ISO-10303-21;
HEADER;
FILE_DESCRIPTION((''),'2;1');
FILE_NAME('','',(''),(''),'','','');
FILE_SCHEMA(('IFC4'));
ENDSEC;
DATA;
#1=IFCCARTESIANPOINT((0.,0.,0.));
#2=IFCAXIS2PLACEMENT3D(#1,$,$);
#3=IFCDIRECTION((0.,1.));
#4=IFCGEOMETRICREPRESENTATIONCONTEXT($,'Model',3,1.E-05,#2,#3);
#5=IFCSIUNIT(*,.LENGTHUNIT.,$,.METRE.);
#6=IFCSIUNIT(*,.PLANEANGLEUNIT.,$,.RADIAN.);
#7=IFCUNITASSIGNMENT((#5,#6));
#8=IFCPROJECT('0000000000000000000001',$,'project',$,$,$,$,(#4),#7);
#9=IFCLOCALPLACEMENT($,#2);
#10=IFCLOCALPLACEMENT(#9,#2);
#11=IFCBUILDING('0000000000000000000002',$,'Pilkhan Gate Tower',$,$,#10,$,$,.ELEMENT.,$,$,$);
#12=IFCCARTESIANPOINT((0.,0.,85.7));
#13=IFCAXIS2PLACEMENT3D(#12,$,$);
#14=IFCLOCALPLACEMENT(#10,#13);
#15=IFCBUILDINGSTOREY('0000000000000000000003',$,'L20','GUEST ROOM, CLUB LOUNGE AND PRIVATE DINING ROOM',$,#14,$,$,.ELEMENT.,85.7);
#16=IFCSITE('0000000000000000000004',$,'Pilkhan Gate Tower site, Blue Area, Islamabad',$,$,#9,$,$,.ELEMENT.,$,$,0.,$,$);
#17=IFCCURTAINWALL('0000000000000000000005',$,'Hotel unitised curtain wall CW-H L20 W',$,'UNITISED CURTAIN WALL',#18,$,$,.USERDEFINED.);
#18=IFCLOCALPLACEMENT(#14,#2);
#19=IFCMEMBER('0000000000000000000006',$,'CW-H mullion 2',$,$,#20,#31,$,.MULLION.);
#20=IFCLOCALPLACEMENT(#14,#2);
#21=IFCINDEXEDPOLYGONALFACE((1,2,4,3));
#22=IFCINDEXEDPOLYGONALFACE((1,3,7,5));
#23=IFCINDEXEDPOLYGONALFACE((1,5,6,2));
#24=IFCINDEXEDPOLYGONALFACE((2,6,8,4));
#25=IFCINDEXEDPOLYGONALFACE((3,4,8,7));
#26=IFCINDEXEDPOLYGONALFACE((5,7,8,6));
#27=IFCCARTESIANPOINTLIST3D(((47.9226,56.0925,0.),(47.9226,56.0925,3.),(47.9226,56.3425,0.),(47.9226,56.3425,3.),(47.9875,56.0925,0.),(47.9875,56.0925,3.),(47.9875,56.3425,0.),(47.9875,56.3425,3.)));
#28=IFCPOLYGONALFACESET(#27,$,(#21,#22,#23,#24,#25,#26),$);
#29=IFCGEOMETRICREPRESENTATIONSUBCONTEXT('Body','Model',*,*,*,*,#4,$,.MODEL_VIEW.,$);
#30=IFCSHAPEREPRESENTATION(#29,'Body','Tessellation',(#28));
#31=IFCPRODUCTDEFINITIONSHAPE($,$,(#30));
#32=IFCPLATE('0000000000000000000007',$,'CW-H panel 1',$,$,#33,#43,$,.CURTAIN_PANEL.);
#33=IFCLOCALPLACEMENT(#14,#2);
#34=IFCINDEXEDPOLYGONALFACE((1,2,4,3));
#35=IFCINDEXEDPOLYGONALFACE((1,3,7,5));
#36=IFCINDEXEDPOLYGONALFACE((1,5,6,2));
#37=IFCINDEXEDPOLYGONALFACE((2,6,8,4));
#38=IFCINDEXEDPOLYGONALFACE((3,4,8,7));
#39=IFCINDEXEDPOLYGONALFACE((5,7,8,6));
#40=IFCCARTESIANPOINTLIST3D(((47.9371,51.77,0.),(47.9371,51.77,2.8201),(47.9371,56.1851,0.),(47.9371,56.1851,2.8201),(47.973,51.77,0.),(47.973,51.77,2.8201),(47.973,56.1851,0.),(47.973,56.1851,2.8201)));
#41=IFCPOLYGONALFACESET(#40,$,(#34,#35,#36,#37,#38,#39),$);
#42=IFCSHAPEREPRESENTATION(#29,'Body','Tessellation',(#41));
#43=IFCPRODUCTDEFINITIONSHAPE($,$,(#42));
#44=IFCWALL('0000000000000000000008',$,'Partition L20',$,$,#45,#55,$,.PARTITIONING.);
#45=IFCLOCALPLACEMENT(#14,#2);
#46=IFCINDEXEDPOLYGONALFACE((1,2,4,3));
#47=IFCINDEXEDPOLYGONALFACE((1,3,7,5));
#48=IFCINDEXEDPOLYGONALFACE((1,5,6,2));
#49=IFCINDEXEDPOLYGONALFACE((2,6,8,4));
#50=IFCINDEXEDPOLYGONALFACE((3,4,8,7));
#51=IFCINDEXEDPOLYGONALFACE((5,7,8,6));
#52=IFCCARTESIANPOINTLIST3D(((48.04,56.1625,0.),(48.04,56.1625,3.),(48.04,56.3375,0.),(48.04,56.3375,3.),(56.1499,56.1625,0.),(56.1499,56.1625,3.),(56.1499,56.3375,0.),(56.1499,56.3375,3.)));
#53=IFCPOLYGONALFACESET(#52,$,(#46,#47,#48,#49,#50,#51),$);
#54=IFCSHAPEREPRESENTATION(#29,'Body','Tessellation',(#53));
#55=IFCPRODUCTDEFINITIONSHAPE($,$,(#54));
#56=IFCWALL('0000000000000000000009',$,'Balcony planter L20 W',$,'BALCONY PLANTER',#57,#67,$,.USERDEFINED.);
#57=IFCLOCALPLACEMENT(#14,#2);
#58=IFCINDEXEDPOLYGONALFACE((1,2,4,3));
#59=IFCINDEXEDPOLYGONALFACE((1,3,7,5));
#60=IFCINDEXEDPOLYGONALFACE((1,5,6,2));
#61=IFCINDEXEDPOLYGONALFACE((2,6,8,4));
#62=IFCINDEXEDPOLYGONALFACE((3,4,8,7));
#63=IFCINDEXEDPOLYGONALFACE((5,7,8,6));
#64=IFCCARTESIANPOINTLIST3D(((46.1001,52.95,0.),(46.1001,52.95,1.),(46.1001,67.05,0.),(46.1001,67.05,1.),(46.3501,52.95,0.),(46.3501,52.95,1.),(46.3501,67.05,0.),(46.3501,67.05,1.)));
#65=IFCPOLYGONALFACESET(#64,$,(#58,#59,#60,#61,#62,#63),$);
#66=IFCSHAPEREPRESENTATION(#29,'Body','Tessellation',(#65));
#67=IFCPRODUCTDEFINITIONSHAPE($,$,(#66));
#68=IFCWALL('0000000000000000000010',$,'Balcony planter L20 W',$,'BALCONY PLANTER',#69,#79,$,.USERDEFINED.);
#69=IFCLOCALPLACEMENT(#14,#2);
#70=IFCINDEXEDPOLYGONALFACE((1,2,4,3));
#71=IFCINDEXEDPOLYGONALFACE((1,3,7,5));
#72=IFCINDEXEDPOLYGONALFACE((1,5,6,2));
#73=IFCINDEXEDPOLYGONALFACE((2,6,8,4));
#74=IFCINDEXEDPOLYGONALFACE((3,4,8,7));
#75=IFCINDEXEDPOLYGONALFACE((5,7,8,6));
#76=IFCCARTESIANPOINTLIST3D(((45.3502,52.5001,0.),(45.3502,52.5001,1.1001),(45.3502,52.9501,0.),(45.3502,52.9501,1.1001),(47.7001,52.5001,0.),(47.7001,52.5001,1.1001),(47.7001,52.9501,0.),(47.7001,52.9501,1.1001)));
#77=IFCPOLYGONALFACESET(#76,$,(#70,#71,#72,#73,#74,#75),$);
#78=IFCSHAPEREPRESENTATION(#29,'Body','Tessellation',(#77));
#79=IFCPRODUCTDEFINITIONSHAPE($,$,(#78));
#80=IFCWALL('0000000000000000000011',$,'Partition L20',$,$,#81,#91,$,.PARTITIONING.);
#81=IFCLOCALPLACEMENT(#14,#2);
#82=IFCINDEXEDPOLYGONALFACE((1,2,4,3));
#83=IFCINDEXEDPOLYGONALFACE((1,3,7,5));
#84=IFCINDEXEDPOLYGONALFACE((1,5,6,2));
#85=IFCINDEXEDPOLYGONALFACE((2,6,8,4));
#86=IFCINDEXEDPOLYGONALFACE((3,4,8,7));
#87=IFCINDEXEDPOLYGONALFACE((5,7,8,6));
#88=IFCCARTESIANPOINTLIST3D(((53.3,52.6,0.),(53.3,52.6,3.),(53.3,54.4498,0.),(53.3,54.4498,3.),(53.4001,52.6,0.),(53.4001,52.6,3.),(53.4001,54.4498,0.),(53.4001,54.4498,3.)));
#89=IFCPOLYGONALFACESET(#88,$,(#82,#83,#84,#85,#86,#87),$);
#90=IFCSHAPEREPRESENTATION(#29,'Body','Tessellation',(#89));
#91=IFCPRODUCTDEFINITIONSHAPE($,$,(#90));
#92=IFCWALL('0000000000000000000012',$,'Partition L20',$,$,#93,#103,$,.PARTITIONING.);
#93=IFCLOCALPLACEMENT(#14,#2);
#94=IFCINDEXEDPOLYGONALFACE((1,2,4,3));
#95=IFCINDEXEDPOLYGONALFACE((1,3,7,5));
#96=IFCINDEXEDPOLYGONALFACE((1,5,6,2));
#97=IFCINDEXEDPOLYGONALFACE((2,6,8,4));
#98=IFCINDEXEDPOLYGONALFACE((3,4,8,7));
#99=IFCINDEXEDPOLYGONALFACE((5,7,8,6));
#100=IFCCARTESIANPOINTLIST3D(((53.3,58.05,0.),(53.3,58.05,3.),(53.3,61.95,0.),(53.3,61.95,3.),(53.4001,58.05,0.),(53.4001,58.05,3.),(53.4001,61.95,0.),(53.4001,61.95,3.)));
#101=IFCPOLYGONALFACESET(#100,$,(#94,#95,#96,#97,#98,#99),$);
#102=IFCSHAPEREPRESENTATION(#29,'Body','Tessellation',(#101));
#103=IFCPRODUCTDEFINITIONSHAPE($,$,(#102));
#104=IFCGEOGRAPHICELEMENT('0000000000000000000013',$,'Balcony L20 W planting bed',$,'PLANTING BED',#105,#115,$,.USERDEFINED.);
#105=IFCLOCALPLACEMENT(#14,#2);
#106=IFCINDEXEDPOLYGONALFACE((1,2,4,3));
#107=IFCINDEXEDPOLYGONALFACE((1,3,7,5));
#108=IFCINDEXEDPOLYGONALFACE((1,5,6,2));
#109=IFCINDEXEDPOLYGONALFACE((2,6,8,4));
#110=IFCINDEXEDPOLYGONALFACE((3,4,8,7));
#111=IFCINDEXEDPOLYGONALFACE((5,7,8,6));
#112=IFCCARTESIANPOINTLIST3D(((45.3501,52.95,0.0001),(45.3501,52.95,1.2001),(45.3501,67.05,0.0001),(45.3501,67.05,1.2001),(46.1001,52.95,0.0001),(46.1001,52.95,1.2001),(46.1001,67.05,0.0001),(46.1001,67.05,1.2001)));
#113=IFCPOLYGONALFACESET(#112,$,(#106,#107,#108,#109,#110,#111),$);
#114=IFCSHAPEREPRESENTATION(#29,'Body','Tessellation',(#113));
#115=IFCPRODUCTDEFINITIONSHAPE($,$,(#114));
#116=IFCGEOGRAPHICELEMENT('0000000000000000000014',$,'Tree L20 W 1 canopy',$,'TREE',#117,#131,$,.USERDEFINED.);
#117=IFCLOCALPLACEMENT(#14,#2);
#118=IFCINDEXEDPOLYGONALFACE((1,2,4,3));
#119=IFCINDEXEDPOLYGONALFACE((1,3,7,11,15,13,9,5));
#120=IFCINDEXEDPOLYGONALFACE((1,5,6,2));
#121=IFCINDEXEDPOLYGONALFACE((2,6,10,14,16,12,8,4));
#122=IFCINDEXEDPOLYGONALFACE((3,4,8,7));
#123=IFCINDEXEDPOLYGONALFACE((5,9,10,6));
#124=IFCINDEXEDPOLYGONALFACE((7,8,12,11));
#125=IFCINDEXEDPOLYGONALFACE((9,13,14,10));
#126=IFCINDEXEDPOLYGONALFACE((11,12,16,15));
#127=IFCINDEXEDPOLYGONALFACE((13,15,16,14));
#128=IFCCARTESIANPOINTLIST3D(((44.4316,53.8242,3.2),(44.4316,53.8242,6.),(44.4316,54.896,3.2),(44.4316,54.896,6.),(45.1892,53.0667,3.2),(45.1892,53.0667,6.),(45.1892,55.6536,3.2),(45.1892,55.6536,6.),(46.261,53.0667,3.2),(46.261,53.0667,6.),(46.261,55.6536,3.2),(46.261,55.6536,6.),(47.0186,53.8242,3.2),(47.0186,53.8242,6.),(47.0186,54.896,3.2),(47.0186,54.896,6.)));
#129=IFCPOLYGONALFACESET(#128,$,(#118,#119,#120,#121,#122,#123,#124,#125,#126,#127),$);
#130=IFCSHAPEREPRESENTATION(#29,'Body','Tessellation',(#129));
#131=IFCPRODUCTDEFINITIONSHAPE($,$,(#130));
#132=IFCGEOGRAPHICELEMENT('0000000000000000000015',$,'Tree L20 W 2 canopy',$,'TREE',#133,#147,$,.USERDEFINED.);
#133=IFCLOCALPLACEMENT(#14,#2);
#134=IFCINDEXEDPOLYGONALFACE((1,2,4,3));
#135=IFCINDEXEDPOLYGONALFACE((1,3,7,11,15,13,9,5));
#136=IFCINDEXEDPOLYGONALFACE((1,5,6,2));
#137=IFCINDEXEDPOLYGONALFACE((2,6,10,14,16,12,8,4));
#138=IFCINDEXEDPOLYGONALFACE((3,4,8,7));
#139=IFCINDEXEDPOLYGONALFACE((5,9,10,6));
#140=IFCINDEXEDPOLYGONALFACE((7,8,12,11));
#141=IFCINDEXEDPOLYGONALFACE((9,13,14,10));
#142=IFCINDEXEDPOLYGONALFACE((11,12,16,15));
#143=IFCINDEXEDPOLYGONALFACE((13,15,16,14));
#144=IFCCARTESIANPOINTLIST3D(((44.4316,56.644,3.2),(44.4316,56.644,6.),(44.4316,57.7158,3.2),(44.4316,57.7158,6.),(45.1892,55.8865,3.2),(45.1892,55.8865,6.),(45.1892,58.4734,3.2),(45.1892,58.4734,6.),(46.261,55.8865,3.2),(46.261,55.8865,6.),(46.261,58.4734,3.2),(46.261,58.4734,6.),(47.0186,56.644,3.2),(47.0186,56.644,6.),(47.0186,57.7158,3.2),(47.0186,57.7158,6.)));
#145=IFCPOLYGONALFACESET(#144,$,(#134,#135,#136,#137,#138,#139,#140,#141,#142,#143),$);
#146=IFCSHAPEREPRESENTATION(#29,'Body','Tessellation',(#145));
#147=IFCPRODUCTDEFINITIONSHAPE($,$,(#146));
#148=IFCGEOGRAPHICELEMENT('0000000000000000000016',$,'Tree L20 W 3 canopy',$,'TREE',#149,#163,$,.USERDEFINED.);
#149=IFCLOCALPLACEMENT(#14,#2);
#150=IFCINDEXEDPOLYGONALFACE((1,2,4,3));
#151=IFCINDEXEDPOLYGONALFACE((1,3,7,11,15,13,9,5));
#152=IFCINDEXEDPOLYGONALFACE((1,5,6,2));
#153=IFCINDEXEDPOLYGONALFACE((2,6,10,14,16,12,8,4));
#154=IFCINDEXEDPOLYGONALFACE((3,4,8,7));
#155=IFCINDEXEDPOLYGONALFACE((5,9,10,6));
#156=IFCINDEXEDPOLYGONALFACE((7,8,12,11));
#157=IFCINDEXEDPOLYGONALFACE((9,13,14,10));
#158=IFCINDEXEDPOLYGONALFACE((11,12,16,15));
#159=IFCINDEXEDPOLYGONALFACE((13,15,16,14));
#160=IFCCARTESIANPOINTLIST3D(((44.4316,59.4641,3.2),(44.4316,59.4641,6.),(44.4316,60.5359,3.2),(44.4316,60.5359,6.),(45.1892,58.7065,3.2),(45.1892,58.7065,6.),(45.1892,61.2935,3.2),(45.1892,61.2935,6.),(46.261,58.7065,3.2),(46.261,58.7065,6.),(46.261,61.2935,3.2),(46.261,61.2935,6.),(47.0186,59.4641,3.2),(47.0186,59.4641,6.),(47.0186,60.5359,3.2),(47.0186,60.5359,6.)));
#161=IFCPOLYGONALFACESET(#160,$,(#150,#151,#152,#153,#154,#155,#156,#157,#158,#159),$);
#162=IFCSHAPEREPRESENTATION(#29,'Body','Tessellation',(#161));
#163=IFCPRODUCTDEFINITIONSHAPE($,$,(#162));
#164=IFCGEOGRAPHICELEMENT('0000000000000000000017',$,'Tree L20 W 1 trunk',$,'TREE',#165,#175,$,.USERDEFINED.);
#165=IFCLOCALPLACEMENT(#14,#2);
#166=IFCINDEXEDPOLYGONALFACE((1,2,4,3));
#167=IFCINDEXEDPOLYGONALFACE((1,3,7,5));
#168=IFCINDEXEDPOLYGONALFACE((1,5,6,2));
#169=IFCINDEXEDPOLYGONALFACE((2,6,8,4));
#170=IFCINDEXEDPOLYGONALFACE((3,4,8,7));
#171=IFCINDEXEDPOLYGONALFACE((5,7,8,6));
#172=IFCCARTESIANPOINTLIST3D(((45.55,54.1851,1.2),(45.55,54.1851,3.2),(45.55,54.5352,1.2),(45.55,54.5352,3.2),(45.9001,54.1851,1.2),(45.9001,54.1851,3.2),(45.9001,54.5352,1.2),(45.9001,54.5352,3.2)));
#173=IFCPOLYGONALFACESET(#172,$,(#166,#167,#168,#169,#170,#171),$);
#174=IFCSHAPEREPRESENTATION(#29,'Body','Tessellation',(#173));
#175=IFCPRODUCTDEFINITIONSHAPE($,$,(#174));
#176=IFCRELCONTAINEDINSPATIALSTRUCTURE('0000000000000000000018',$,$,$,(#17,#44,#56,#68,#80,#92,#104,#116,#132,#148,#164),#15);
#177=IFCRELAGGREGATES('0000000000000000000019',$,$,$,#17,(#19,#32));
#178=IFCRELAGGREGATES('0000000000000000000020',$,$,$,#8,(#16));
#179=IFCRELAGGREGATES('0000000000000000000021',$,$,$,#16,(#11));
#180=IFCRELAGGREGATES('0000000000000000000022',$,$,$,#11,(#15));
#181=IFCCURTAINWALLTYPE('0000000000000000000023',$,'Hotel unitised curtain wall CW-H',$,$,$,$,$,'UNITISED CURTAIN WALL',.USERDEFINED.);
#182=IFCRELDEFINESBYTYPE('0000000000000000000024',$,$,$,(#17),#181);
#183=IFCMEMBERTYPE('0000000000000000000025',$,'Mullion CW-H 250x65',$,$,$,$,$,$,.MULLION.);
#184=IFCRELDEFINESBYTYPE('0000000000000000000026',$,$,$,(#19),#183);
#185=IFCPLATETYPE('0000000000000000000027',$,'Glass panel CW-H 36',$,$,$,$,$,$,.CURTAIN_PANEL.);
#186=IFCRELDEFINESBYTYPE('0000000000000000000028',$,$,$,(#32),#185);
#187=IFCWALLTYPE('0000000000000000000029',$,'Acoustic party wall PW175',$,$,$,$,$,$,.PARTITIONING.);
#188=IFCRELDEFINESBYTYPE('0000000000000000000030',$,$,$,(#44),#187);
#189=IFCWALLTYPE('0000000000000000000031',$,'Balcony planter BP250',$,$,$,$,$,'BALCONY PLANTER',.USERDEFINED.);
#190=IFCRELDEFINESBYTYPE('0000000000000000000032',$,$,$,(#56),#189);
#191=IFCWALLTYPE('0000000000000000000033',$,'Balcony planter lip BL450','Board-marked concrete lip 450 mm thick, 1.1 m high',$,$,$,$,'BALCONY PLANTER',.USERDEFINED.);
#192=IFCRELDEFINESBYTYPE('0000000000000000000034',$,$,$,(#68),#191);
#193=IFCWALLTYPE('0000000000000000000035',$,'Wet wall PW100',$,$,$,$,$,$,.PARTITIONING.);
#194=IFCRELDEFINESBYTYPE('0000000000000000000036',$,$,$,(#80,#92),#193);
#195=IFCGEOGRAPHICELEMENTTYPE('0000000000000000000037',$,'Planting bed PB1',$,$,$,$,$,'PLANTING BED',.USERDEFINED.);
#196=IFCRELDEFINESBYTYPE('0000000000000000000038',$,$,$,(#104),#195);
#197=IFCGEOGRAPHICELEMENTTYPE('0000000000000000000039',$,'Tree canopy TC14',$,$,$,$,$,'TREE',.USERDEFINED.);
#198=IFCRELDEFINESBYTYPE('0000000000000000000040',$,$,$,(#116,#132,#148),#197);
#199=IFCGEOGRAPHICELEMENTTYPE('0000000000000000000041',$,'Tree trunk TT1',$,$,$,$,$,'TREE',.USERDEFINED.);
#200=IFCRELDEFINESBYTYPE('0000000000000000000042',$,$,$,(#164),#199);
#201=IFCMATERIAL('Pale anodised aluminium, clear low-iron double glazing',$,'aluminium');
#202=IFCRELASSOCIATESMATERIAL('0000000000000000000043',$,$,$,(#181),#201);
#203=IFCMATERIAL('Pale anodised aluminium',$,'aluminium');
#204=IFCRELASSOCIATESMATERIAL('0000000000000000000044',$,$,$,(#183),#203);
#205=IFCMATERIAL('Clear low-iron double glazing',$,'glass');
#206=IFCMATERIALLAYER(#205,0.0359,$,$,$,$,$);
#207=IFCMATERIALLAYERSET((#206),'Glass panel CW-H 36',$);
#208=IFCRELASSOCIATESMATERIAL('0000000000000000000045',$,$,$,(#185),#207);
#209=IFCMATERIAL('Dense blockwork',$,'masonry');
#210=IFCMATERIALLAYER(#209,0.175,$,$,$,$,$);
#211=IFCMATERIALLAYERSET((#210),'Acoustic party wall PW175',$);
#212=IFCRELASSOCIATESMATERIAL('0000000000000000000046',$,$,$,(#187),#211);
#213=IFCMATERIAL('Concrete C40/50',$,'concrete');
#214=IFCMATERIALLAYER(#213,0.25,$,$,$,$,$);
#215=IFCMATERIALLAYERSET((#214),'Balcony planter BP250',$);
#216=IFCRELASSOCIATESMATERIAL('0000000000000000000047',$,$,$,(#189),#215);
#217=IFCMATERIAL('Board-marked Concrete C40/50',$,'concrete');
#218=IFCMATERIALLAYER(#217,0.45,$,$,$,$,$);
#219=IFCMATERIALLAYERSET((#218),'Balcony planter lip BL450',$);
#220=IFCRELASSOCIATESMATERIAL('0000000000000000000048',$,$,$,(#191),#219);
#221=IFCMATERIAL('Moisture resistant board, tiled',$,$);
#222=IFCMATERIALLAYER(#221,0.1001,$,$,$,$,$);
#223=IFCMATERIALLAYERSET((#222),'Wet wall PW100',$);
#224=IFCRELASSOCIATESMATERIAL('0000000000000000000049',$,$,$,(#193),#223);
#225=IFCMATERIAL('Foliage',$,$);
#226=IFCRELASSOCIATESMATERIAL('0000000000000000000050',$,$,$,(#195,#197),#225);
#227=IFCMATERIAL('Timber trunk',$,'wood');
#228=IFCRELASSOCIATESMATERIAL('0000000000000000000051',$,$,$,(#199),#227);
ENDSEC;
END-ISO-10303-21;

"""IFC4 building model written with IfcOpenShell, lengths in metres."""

from ifc_helpers import new_model, si_unit, direction, frame, frame_2d, origin, origin_2d, place, context, subcontext, project, spatial, polyline, rectangle, outline, extrude, material, layer, layer_set, material_profile, profile_set, type_object, element, aggregate, save


model = new_model("IFC4")

# Units and contexts
model_context = context("Model", 3, precision=1e-05, world=origin(), true_north=direction((0.0, 1.0)))
body_context = subcontext(model_context, "Body", "Model", "MODEL_VIEW")
ifc_project = project(units=[si_unit("LENGTHUNIT", "METRE"), si_unit("PLANEANGLEUNIT", "RADIAN")], contexts=[model_context])

# Site, building, storey
site_placement = place(None, origin())
site = spatial("IfcSite", under=ifc_project, at=site_placement, Name="Pilkhan Gate Tower site, Blue Area, Islamabad", CompositionType="ELEMENT", RefElevation=0.0)
building_placement = place(site_placement, origin())
building = spatial("IfcBuilding", under=site, at=building_placement, Name="Pilkhan Gate Tower", CompositionType="ELEMENT")
storey_placement = place(building_placement, frame((0.0, 0.0, 85.7)))
storey = spatial("IfcBuildingStorey", under=building, at=storey_placement, Name="L20", Description="GUEST ROOM, CLUB LOUNGE AND PRIVATE DINING ROOM", CompositionType="ELEMENT", Elevation=85.7)

# Curtain wall, member, plate
ifc_material_1 = material(Name="Pale anodised aluminium, clear low-iron double glazing", Category="aluminium")
curtain_wall_type = type_object("IfcCurtainWallType", Name="Hotel unitised curtain wall CW-H", ElementType="UNITISED CURTAIN WALL", PredefinedType="USERDEFINED", material=ifc_material_1)
curtain_wall_placement = place(storey_placement, origin())
curtain_wall = element("IfcCurtainWall", 1, at=curtain_wall_placement, inside=storey, type_object=curtain_wall_type, Name="Hotel unitised curtain wall CW-H L20 W", ObjectType="UNITISED CURTAIN WALL", PredefinedType="USERDEFINED")
ifc_material_2 = material(Name="Pale anodised aluminium", Category="aluminium")
ifc_material_profile_1 = material_profile(ifc_material_2, rectangle(XDim=0.0649, YDim=0.25, at=origin_2d()), Name="Mullion 250x65")
ifc_profile_set_1 = profile_set([ifc_material_profile_1], Name="Pale anodised aluminium")
member_type = type_object("IfcMemberType", Name="Mullion CW-H 250x65", PredefinedType="MULLION", material=ifc_profile_set_1)
member_placement = place(storey_placement, frame((47.9551, 56.2175, 0.0), z_axis=(0.0, 0.0, 1.0), x_axis=(-1.0, 0.0, 0.0)))
member = element("IfcMember", 2, at=member_placement, type_object=member_type, Name="CW-H mullion 2", PredefinedType="MULLION", context=body_context, shape_type="SweptSolid", body=[
    extrude(rectangle(XDim=0.0649, YDim=0.25, at=origin_2d()), origin(), (0.0, 0.0, 1.0), 3.0),
])
ifc_material_3 = material(Name="Clear low-iron double glazing", Category="glass")
ifc_layer_1 = layer(ifc_material_3, 0.0359)
ifc_layer_set_1 = layer_set([ifc_layer_1], Name="Glass panel CW-H 36")
plate_type = type_object("IfcPlateType", Name="Glass panel CW-H 36", PredefinedType="CURTAIN_PANEL", material=ifc_layer_set_1)
plate_placement = place(storey_placement, frame((47.9551, 53.9775, 0.0), z_axis=(0.0, 0.0, 1.0), x_axis=(0.0, 1.0, 0.0)))
plate = element("IfcPlate", 3, at=plate_placement, type_object=plate_type, Name="CW-H panel 1", PredefinedType="CURTAIN_PANEL", context=body_context, shape_type="SweptSolid", body=[
    extrude(rectangle(XDim=4.415, YDim=0.0359, at=origin_2d()), origin(), (0.0, 0.0, 1.0), 2.8201),
])
aggregate(curtain_wall, [member, plate])

# Walls
ifc_material_4 = material(Name="Dense blockwork", Category="masonry")
ifc_layer_2 = layer(ifc_material_4, 0.175)
ifc_layer_set_2 = layer_set([ifc_layer_2], Name="Acoustic party wall PW175")
wall_type_1 = type_object("IfcWallType", Name="Acoustic party wall PW175", PredefinedType="PARTITIONING", material=ifc_layer_set_2)
wall_1_placement = place(storey_placement, frame((48.04, 56.25, 0.0), z_axis=(0.0, 0.0, 1.0), x_axis=(1.0, 0.0, 0.0)))
element("IfcWall", 4, at=wall_1_placement, inside=storey, type_object=wall_type_1, Name="Partition L20", PredefinedType="PARTITIONING", context=body_context, shape_type="SweptSolid", body=[
    extrude(rectangle(XDim=8.1099, YDim=0.175, at=frame_2d((4.0549, 0.0))), origin(), (0.0, 0.0, 1.0), 3.0),
])
ifc_material_5 = material(Name="Concrete C40/50", Category="concrete")
ifc_layer_3 = layer(ifc_material_5, 0.25)
ifc_layer_set_3 = layer_set([ifc_layer_3], Name="Balcony planter BP250")
wall_type_2 = type_object("IfcWallType", Name="Balcony planter BP250", ElementType="BALCONY PLANTER", PredefinedType="USERDEFINED", material=ifc_layer_set_3)
wall_2_placement = place(storey_placement, frame((46.2251, 52.95, 0.0), z_axis=(0.0, 0.0, 1.0), x_axis=(0.0, 1.0, 0.0)))
element("IfcWall", 5, at=wall_2_placement, inside=storey, type_object=wall_type_2, Name="Balcony planter L20 W", ObjectType="BALCONY PLANTER", PredefinedType="USERDEFINED", context=body_context, shape_type="SweptSolid", body=[
    extrude(rectangle(XDim=14.1001, YDim=0.25, at=frame_2d((7.05, 0.0))), origin(), (0.0, 0.0, 1.0), 1.0),
])
ifc_material_6 = material(Name="Board-marked Concrete C40/50", Category="concrete")
ifc_layer_4 = layer(ifc_material_6, 0.45)
ifc_layer_set_4 = layer_set([ifc_layer_4], Name="Balcony planter lip BL450")
wall_type_3 = type_object("IfcWallType", Name="Balcony planter lip BL450", Description="Board-marked concrete lip 450 mm thick, 1.1 m high", ElementType="BALCONY PLANTER", PredefinedType="USERDEFINED", material=ifc_layer_set_4)
wall_3_placement = place(storey_placement, frame((47.7, 52.7251, 0.0), z_axis=(0.0, 0.0, 1.0), x_axis=(-1.0, 0.0, 0.0)))
element("IfcWall", 6, at=wall_3_placement, inside=storey, type_object=wall_type_3, Name="Balcony planter L20 W", ObjectType="BALCONY PLANTER", PredefinedType="USERDEFINED", context=body_context, shape_type="SweptSolid", body=[
    extrude(rectangle(XDim=2.3499, YDim=0.45, at=frame_2d((1.1748, 0.0))), origin(), (0.0, 0.0, 1.0), 1.1001),
])

# Walls
ifc_material_7 = material(Name="Moisture resistant board, tiled")
ifc_layer_5 = layer(ifc_material_7, 0.1001)
ifc_layer_set_5 = layer_set([ifc_layer_5], Name="Wet wall PW100")
wall_type_4 = type_object("IfcWallType", Name="Wet wall PW100", PredefinedType="PARTITIONING", material=ifc_layer_set_5)
wall_4_placement = place(storey_placement, frame((53.3501, 52.6001, 0.0), z_axis=(0.0, 0.0, 1.0), x_axis=(0.0, 1.0, 0.0)))
element("IfcWall", 7, at=wall_4_placement, inside=storey, type_object=wall_type_4, Name="Partition L20", PredefinedType="PARTITIONING", context=body_context, shape_type="SweptSolid", body=[
    extrude(rectangle(XDim=1.8499, YDim=0.1001, at=frame_2d((0.9248, 0.0))), origin(), (0.0, 0.0, 1.0), 3.0),
])
wall_5_placement = place(storey_placement, frame((53.3501, 58.05, 0.0), z_axis=(0.0, 0.0, 1.0), x_axis=(0.0, 1.0, 0.0)))
element("IfcWall", 8, at=wall_5_placement, inside=storey, type_object=wall_type_4, Name="Partition L20", PredefinedType="PARTITIONING", context=body_context, shape_type="SweptSolid", body=[
    extrude(rectangle(XDim=3.8999, YDim=0.1001, at=frame_2d((1.95, 0.0))), origin(), (0.0, 0.0, 1.0), 3.0),
])

# Geographic elements
ifc_material_8 = material(Name="Foliage")
ifc_material_profile_2 = material_profile(ifc_material_8, rectangle(XDim=0.75, YDim=1.2, at=origin_2d()), Name="Bed 750x1200")
ifc_profile_set_2 = profile_set([ifc_material_profile_2], Name="Foliage")
geographic_element_type_1 = type_object("IfcGeographicElementType", Name="Planting bed PB1", ElementType="PLANTING BED", PredefinedType="USERDEFINED", material=ifc_profile_set_2)
geographic_element_placement = place(storey_placement, frame((45.7251, 52.95, 0.6001), z_axis=(0.0, 1.0, 0.0), x_axis=(-1.0, 0.0, 0.0)))
element("IfcGeographicElement", 9, at=geographic_element_placement, inside=storey, type_object=geographic_element_type_1, Name="Balcony L20 W planting bed", ObjectType="PLANTING BED", PredefinedType="USERDEFINED", context=body_context, shape_type="SweptSolid", body=[
    extrude(rectangle(XDim=0.75, YDim=1.2, at=origin_2d()), origin(), (0.0, 0.0, 1.0), 14.1001),
])
ifc_material_profile_3 = material_profile(ifc_material_8, outline(polyline([(1.2935, 0.5359), (0.5359, 1.2935), (-0.5359, 1.2935), (-1.2935, 0.5359), (-1.2935, -0.5359), (-0.5359, -1.2935), (0.5359, -1.2935), (1.2935, -0.5359), (1.2935, 0.5359)])), Name="Canopy D2.8")
ifc_profile_set_3 = profile_set([ifc_material_profile_3], Name="Foliage")
geographic_element_type_2 = type_object("IfcGeographicElementType", Name="Tree canopy TC14", ElementType="TREE", PredefinedType="USERDEFINED", material=ifc_profile_set_3)
for number, where, z_axis, x_axis, name in (
    (10, (45.7251, 54.3601, 3.2), (0.0, 0.0, 1.0), (1.0, 0.0, 0.0), "Tree L20 W 1 canopy"),
    (11, (45.7251, 57.1799, 3.2), (0.0, 0.0, 1.0), (1.0, 0.0, 0.0), "Tree L20 W 2 canopy"),
    (12, (45.7251, 60.0, 3.2), (0.0, 0.0, 1.0), (1.0, 0.0, 0.0), "Tree L20 W 3 canopy"),
):
    element("IfcGeographicElement", number, at=place(storey_placement, frame(where, z_axis=z_axis, x_axis=x_axis)), inside=storey, type_object=geographic_element_type_2, Name=name, ObjectType="TREE", PredefinedType="USERDEFINED", context=body_context, shape_type="SweptSolid", body=[
        extrude(outline(polyline([(1.2935, 0.5359), (0.5359, 1.2935), (-0.5359, 1.2935), (-1.2935, 0.5359), (-1.2935, -0.5359), (-0.5359, -1.2935), (0.5359, -1.2935), (1.2935, -0.5359), (1.2935, 0.5359)])), origin(), (0.0, 0.0, 1.0), 2.8),
    ])
ifc_material_9 = material(Name="Timber trunk", Category="wood")
geographic_element_type_3 = type_object("IfcGeographicElementType", Name="Tree trunk TT1", ElementType="TREE", PredefinedType="USERDEFINED", material=ifc_material_9)
for number, where, z_axis, x_axis, name in (
    (13, (45.7251, 54.3601, 1.2), (0.0, 0.0, 1.0), (1.0, 0.0, 0.0), "Tree L20 W 1 trunk"),
):
    element("IfcGeographicElement", number, at=place(storey_placement, frame(where, z_axis=z_axis, x_axis=x_axis)), inside=storey, type_object=geographic_element_type_3, Name=name, ObjectType="TREE", PredefinedType="USERDEFINED", context=body_context, shape_type="SweptSolid", body=[
        extrude(rectangle(XDim=0.3501, YDim=0.3501, at=origin_2d()), origin(), (0.0, 0.0, 1.0), 2.0),
    ])

save(model, "model.ifc")
